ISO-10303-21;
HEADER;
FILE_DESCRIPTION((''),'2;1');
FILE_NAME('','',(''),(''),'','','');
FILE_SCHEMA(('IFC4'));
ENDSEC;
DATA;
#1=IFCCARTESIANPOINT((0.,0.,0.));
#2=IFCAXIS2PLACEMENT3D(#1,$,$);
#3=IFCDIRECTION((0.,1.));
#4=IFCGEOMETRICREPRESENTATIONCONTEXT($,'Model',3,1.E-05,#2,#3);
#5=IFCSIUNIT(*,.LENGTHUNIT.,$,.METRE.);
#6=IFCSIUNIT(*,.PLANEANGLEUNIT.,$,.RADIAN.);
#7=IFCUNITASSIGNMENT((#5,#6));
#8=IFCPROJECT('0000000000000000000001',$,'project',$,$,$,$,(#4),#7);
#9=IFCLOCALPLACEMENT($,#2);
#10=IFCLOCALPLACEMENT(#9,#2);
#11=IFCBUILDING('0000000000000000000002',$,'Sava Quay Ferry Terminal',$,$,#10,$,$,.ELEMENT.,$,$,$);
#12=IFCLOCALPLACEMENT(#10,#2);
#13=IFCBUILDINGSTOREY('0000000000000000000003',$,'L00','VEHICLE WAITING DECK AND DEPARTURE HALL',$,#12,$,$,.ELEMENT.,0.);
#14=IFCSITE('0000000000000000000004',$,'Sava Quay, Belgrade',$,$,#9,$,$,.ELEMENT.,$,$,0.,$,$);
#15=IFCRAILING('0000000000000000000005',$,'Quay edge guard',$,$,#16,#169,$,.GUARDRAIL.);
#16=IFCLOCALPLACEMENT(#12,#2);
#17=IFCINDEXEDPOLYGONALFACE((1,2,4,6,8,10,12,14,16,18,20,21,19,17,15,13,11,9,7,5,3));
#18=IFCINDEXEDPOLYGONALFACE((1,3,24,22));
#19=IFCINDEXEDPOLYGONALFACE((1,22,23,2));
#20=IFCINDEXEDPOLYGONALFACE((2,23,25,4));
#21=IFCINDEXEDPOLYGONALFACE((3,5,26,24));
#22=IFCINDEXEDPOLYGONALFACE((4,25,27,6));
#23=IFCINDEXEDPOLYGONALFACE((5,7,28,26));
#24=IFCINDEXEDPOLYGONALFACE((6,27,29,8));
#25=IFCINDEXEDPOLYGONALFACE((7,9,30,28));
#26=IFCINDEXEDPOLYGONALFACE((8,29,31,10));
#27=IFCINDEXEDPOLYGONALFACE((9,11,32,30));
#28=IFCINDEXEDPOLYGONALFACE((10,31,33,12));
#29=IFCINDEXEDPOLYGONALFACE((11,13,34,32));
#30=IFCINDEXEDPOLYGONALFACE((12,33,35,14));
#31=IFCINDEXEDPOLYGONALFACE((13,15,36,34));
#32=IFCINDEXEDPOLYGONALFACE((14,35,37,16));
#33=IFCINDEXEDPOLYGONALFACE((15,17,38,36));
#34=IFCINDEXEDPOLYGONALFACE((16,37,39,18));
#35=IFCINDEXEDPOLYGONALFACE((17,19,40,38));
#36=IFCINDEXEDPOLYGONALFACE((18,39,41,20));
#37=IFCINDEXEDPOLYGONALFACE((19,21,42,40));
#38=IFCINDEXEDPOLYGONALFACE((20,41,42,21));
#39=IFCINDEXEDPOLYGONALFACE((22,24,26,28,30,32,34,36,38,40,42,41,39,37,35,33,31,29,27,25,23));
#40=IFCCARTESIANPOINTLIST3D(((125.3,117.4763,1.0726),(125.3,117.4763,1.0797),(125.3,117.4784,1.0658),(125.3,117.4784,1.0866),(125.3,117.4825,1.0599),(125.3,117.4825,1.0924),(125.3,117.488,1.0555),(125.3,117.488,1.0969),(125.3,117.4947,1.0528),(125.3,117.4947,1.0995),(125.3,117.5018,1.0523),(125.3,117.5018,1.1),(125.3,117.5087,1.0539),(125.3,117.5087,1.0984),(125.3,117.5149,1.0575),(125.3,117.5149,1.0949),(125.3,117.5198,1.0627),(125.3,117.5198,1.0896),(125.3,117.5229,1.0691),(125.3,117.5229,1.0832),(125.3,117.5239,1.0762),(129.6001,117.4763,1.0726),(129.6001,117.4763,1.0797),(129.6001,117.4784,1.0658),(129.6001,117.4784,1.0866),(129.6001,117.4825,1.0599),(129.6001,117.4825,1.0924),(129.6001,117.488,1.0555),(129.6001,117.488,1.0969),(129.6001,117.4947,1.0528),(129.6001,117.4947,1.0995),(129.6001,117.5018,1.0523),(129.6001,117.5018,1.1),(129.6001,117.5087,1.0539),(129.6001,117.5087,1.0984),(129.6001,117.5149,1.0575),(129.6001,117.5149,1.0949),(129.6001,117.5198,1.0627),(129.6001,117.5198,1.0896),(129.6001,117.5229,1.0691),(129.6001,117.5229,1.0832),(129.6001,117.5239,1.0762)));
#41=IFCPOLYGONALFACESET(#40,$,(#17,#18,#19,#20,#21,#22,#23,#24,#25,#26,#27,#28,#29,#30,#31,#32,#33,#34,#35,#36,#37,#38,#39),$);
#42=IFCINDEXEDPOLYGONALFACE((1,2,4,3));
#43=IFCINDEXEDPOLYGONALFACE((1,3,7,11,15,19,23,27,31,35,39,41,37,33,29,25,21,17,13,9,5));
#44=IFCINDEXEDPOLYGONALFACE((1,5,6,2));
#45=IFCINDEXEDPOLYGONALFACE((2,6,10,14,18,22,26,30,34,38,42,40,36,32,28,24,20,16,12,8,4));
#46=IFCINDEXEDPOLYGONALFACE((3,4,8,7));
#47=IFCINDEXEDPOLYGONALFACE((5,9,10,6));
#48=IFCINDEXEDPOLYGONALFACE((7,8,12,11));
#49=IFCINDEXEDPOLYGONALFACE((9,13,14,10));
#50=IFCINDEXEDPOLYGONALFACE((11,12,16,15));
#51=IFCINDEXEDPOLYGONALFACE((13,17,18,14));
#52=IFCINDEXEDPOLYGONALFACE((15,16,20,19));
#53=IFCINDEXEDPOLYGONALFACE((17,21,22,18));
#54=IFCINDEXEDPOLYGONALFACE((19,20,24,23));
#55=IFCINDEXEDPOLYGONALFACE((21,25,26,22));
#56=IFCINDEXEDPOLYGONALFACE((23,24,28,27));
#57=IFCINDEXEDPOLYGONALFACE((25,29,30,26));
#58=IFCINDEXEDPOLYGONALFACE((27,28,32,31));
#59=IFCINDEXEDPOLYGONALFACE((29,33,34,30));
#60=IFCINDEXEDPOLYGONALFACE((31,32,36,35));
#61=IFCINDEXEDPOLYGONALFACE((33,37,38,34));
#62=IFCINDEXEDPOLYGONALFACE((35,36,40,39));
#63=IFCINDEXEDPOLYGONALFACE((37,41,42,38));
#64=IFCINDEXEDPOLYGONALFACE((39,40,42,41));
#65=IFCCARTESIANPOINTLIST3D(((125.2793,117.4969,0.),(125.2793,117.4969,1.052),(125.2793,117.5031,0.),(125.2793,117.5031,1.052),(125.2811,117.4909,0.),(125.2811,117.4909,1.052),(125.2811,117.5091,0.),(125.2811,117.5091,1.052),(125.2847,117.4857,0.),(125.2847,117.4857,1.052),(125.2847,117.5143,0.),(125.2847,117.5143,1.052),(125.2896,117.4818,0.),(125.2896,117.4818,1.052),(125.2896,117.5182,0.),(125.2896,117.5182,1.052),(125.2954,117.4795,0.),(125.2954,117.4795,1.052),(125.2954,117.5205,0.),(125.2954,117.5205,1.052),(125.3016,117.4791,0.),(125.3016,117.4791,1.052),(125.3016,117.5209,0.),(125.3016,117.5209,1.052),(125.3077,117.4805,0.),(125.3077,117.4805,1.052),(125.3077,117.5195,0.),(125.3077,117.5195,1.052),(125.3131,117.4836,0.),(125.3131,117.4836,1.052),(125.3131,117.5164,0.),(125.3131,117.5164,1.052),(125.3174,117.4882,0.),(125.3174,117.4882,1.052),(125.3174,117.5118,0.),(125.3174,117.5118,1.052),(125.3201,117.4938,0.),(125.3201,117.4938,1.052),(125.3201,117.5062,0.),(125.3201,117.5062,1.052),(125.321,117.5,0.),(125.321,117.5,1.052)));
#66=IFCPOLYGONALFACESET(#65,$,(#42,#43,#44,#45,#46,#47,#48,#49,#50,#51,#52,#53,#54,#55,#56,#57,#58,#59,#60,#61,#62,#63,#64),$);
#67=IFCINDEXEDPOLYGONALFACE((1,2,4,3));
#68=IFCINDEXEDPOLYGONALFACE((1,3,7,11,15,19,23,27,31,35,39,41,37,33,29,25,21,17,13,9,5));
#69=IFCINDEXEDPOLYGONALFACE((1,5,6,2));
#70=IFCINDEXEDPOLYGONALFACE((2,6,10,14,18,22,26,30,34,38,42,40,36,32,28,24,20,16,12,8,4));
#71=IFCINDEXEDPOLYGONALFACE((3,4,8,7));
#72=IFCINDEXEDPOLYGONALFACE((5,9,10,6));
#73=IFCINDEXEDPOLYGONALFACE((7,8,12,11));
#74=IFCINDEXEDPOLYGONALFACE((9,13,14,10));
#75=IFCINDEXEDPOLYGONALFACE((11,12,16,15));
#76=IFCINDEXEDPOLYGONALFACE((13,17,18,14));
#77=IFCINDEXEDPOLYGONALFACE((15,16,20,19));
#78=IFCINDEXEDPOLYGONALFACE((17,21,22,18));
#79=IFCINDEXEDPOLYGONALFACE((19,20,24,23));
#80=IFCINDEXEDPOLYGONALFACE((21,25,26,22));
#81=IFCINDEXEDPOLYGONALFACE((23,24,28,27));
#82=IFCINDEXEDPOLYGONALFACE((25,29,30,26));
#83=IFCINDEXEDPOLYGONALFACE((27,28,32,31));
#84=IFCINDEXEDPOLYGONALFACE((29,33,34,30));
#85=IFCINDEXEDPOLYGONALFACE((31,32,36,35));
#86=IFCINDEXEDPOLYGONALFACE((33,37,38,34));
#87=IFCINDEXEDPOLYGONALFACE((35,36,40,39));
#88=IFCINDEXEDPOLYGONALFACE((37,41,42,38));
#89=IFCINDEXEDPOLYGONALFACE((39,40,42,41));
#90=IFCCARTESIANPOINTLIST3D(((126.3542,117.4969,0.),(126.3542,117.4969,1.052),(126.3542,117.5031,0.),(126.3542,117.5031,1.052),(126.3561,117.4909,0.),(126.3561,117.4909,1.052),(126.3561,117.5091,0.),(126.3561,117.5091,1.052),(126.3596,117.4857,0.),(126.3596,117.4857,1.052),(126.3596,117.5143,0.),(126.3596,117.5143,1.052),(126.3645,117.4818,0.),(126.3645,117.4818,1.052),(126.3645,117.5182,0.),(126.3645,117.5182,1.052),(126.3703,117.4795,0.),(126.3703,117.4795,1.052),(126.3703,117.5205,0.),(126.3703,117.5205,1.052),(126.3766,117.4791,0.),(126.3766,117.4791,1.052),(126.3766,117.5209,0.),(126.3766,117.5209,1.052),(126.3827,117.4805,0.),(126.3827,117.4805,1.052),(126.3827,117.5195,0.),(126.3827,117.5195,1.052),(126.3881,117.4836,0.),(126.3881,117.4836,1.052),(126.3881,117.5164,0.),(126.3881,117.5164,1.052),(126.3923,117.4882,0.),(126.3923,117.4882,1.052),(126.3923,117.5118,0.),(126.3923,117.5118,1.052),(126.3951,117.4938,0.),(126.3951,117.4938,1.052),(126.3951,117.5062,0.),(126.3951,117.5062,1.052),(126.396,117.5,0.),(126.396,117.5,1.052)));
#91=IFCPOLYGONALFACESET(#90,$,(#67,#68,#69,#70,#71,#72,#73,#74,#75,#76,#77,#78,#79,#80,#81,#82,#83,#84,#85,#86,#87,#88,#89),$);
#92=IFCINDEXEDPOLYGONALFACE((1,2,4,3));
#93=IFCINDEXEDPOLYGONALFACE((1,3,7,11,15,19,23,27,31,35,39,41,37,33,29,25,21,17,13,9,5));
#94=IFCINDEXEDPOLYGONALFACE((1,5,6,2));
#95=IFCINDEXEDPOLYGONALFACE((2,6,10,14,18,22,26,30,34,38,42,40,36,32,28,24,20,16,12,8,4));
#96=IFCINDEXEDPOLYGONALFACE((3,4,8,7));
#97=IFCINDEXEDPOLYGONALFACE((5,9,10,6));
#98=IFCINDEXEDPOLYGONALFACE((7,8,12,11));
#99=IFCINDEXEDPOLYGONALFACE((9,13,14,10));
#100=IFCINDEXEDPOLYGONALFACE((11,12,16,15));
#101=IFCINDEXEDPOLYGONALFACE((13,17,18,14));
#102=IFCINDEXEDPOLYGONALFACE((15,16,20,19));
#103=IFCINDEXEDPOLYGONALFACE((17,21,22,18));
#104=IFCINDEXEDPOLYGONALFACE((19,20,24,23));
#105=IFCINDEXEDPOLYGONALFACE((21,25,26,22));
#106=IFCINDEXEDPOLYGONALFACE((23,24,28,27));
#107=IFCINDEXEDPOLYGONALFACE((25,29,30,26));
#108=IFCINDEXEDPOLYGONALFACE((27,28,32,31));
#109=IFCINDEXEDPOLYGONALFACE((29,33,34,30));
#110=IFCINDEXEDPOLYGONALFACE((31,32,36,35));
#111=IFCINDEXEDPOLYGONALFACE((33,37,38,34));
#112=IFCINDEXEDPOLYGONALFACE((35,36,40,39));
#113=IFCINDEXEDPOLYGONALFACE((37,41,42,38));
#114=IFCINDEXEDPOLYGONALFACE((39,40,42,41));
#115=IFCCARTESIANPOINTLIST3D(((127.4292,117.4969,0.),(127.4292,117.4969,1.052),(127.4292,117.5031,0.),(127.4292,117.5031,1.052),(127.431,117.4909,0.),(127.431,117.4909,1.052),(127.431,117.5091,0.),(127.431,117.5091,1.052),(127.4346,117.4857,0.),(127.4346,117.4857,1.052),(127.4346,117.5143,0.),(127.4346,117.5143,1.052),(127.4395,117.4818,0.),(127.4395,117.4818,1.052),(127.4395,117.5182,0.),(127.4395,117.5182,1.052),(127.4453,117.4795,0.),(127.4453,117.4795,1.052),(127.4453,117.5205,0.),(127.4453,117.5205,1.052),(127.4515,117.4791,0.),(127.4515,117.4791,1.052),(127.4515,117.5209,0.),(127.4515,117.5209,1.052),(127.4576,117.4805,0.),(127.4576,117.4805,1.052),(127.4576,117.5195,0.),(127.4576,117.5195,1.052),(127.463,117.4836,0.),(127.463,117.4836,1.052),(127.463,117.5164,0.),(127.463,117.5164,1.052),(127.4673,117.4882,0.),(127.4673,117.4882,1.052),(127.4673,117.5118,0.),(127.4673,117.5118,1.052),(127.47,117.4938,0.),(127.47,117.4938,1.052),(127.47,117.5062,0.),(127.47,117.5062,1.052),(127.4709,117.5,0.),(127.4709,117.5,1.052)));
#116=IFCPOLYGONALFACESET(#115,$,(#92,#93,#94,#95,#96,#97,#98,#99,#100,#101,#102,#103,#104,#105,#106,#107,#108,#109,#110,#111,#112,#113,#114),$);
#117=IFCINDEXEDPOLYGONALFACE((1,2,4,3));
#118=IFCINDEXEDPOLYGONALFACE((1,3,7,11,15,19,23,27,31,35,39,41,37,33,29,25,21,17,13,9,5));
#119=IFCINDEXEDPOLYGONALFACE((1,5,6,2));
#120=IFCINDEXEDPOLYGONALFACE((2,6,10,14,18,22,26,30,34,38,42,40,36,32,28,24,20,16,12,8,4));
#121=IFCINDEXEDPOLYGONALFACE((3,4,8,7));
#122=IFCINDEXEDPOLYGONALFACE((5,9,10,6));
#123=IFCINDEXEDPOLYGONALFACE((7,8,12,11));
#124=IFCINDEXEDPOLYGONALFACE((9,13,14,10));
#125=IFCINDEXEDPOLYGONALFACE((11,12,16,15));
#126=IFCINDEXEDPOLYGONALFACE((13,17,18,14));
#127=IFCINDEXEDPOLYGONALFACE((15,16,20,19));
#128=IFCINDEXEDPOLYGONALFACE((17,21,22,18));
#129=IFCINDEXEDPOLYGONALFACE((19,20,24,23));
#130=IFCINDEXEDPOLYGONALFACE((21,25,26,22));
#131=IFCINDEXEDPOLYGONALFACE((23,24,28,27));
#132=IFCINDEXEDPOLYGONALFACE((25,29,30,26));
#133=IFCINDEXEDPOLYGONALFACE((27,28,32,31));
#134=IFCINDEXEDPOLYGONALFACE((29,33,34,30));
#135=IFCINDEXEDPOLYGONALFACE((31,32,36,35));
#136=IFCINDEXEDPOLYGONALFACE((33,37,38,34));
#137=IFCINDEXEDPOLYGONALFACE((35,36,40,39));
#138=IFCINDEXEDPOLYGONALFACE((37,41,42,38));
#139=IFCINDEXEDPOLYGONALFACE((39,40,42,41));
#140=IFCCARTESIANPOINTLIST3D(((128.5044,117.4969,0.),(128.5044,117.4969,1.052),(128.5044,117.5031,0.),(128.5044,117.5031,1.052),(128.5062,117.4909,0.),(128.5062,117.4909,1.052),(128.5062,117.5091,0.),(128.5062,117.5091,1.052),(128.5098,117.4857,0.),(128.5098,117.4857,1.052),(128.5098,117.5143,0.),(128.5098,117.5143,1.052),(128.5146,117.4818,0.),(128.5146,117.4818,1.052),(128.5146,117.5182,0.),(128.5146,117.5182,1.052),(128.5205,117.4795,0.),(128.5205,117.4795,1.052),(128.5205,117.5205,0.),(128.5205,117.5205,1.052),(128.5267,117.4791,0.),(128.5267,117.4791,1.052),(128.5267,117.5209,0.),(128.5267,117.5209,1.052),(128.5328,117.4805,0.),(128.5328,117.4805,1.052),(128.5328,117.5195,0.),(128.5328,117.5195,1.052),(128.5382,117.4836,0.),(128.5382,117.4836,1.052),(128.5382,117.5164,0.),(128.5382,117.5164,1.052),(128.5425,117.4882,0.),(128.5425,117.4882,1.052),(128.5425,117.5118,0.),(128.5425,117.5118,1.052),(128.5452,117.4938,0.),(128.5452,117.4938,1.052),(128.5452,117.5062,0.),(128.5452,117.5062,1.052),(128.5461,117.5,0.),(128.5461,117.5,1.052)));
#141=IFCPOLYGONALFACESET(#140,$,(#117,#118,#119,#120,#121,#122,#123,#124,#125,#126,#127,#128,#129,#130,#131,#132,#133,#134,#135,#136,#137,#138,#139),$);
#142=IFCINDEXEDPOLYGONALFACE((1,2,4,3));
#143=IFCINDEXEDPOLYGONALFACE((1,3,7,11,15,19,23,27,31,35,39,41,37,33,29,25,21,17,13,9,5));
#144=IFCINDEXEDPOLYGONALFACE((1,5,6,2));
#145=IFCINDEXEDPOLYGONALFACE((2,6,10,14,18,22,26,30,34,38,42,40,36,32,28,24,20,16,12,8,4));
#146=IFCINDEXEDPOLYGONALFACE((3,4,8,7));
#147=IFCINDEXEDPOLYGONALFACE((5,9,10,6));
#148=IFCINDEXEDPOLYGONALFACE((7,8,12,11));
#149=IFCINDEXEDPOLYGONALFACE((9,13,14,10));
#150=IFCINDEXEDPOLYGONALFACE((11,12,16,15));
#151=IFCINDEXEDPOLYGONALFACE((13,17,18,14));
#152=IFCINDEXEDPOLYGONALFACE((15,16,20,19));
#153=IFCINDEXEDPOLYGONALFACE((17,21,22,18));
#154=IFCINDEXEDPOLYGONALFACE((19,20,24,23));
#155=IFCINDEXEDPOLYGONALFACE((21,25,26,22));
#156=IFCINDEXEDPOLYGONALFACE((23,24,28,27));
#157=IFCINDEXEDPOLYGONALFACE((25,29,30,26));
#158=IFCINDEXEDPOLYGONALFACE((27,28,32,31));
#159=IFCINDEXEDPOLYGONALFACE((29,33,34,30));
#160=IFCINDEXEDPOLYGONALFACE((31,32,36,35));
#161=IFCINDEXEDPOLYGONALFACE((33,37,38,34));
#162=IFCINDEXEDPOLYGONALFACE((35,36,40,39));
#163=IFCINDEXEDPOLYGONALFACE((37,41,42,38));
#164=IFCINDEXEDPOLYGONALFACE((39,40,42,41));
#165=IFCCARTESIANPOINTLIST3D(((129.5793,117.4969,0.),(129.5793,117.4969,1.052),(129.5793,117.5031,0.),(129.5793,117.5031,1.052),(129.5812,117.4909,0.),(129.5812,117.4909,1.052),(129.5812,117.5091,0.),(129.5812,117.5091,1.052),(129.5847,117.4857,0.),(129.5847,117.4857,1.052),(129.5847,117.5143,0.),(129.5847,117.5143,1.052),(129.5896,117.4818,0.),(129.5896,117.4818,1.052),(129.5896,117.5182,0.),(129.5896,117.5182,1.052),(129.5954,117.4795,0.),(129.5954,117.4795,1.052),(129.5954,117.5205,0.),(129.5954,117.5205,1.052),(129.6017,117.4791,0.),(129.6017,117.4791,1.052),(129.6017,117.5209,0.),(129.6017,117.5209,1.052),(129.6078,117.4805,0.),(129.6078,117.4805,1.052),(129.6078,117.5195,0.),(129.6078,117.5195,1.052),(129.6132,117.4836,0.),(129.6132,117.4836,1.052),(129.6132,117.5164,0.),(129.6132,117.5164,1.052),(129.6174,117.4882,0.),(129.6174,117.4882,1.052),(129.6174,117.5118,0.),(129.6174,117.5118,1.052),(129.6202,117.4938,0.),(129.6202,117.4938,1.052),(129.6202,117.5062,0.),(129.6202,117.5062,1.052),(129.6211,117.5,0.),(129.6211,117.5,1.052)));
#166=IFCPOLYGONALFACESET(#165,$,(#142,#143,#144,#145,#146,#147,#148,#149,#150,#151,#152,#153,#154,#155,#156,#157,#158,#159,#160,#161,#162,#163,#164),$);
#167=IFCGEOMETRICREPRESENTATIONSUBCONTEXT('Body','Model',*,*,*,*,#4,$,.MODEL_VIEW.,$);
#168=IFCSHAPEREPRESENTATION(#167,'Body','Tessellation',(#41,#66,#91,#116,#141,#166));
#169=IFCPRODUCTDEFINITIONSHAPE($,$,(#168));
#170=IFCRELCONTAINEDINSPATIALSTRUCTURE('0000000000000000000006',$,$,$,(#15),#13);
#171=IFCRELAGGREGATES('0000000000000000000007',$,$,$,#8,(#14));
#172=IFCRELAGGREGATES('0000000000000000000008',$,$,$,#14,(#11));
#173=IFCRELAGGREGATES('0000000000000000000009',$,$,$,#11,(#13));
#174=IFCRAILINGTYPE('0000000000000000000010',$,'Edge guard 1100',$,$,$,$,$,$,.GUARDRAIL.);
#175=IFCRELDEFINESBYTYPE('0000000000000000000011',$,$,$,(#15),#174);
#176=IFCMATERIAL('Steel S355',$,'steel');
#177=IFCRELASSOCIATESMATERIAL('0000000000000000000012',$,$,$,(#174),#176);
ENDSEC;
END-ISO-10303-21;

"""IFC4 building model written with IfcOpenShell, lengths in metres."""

from ifc_helpers import new_model, si_unit, direction, frame, origin, origin_2d, place, context, subcontext, project, spatial, circle, extrude, material, type_object, element, save


model = new_model("IFC4")

# Units and contexts
model_context = context("Model", 3, precision=1e-05, world=origin(), true_north=direction((0.0, 1.0)))
body_context = subcontext(model_context, "Body", "Model", "MODEL_VIEW")
ifc_project = project(units=[si_unit("LENGTHUNIT", "METRE"), si_unit("PLANEANGLEUNIT", "RADIAN")], contexts=[model_context])

# Site, building, storey
site_placement = place(None, origin())
site = spatial("IfcSite", under=ifc_project, at=site_placement, Name="Sava Quay, Belgrade", CompositionType="ELEMENT", RefElevation=0.0)
building_placement = place(site_placement, origin())
building = spatial("IfcBuilding", under=site, at=building_placement, Name="Sava Quay Ferry Terminal", CompositionType="ELEMENT")
storey_placement = place(building_placement, origin())
storey = spatial("IfcBuildingStorey", under=building, at=storey_placement, Name="L00", Description="VEHICLE WAITING DECK AND DEPARTURE HALL", CompositionType="ELEMENT", Elevation=0.0)

# Railing
ifc_material_1 = material(Name="Steel S355", Category="steel")
railing_type = type_object("IfcRailingType", Name="Edge guard 1100", PredefinedType="GUARDRAIL", material=ifc_material_1)
railing_1_placement = place(storey_placement, frame((125.3, 117.5, 0.0)))
element("IfcRailing", 1, at=railing_1_placement, inside=storey, type_object=railing_type, Name="Quay edge guard", PredefinedType="GUARDRAIL", context=body_context, shape_type="SweptSolid", body=[
    extrude(circle(Radius=0.0239, at=origin_2d()), frame((0.0, 0.0, 1.0762), z_axis=(1.0, 0.0, 0.0), x_axis=(0.0, 1.0, 0.0)), (0.0, 0.0, 1.0), 4.3),
    extrude(circle(Radius=0.021, at=origin_2d()), origin(), (0.0, 0.0, 1.0), 1.052),
    extrude(circle(Radius=0.021, at=origin_2d()), frame((1.075, 0.0, 0.0)), (0.0, 0.0, 1.0), 1.052),
    extrude(circle(Radius=0.021, at=origin_2d()), frame((2.1499, 0.0, 0.0)), (0.0, 0.0, 1.0), 1.052),
    extrude(circle(Radius=0.021, at=origin_2d()), frame((3.2251, 0.0, 0.0)), (0.0, 0.0, 1.0), 1.052),
    extrude(circle(Radius=0.021, at=origin_2d()), frame((4.3, 0.0, 0.0)), (0.0, 0.0, 1.0), 1.052),
])

save(model, "model.ifc")
